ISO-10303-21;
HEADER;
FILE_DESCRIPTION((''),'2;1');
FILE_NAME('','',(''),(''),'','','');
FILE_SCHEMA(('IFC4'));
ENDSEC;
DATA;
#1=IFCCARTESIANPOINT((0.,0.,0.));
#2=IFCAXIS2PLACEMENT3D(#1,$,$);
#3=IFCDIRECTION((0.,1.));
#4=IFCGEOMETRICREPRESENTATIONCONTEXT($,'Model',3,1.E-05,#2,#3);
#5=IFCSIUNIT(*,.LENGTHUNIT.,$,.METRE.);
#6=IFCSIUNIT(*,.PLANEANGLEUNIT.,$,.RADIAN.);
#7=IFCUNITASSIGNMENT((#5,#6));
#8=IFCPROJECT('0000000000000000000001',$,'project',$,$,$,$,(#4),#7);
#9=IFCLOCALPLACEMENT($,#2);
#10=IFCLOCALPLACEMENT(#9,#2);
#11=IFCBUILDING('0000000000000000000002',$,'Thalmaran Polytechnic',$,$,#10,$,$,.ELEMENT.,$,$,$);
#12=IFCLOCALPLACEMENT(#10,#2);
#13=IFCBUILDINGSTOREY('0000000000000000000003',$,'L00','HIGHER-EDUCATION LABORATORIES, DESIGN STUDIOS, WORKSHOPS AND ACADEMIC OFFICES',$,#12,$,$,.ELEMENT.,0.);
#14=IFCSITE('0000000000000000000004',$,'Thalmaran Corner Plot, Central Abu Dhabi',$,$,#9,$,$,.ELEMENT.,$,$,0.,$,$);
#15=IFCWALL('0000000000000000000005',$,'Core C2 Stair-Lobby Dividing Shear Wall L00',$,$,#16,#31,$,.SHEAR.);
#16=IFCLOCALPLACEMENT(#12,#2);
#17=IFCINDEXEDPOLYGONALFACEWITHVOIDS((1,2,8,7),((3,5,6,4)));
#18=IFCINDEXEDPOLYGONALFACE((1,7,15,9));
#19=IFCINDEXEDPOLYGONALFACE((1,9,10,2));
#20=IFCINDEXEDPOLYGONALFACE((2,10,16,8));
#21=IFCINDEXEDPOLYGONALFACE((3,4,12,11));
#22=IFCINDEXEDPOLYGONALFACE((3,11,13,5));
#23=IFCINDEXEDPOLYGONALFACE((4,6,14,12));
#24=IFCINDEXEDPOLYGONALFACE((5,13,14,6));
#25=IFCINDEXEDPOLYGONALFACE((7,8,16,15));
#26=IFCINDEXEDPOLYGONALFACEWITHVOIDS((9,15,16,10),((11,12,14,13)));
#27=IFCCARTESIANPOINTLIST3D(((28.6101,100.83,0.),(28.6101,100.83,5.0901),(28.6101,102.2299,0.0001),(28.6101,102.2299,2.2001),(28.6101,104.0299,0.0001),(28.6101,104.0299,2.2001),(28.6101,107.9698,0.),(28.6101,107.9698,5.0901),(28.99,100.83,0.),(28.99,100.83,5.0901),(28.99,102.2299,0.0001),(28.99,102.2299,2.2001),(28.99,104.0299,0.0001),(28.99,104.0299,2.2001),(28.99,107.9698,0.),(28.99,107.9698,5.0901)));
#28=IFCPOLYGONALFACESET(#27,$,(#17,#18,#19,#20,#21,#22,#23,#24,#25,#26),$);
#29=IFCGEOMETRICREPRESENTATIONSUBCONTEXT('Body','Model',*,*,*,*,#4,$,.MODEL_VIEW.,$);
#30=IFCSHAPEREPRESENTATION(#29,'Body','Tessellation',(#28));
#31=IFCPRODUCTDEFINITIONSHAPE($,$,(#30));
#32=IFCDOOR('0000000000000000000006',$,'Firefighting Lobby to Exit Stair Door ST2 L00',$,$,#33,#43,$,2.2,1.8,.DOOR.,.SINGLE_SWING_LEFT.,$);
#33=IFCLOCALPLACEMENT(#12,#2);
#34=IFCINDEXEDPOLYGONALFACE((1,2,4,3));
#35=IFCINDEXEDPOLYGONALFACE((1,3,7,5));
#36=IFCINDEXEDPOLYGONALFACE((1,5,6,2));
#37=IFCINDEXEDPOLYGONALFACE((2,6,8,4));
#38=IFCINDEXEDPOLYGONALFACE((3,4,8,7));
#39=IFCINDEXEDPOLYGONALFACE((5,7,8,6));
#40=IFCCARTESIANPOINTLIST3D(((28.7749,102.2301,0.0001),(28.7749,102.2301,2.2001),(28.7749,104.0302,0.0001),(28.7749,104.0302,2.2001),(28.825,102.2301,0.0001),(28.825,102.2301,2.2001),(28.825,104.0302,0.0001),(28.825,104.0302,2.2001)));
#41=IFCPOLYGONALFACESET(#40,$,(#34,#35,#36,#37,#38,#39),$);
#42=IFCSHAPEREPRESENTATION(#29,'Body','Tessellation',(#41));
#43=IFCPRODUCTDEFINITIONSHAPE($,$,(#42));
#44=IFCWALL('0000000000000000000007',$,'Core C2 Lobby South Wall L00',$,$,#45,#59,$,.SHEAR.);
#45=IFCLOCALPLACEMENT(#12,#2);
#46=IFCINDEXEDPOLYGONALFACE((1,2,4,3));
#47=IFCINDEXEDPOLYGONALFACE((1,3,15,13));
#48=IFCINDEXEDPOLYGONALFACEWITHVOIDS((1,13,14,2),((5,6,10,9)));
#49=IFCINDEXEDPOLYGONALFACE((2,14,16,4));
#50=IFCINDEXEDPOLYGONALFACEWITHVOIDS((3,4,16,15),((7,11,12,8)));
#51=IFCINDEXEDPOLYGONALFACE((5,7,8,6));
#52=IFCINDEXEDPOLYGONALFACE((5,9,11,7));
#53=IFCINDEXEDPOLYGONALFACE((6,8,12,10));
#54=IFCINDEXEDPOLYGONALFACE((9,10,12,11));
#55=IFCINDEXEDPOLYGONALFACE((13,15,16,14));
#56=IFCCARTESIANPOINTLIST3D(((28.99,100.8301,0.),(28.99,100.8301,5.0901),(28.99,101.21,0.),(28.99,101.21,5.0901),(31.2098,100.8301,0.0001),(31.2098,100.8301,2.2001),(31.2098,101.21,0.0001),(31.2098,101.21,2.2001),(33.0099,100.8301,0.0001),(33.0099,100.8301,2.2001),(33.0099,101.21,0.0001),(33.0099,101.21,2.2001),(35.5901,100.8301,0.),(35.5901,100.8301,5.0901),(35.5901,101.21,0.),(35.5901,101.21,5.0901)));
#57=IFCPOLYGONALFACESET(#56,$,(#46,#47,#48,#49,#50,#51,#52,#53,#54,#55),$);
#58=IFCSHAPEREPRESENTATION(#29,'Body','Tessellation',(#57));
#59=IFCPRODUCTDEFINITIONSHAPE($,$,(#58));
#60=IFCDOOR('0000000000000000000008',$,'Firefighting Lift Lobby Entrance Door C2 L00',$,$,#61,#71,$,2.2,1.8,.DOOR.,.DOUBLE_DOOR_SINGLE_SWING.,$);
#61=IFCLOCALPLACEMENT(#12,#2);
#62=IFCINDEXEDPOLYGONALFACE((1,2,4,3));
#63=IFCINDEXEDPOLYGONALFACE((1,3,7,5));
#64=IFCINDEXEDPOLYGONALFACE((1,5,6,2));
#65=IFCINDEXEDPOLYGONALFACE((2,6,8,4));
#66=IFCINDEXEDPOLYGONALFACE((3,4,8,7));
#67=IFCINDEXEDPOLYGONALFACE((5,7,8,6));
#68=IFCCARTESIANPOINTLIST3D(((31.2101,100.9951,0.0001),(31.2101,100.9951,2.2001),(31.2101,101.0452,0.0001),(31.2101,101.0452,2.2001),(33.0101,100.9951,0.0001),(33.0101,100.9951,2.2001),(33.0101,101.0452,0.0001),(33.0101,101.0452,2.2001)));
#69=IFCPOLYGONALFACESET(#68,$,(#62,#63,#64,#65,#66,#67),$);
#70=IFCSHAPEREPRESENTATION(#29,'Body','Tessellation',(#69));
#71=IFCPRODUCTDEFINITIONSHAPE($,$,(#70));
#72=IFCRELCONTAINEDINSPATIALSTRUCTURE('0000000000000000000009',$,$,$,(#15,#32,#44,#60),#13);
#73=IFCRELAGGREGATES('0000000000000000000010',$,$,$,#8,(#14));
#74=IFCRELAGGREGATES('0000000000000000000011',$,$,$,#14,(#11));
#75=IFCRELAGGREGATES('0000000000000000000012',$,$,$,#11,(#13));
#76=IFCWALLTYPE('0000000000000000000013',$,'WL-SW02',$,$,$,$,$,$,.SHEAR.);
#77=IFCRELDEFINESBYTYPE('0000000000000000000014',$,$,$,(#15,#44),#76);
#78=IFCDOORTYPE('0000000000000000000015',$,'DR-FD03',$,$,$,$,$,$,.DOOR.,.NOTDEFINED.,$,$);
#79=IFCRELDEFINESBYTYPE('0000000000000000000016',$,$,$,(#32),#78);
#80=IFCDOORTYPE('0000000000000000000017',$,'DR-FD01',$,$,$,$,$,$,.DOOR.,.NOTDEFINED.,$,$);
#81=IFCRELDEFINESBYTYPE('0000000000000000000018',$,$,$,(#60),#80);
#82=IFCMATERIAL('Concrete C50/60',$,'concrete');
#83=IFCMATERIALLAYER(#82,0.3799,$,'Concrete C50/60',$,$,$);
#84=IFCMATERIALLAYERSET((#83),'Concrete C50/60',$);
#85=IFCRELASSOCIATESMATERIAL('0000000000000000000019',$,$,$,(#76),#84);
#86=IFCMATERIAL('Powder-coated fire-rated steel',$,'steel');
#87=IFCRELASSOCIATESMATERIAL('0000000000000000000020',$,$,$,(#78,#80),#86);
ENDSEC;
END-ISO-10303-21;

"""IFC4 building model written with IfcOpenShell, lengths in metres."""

from ifc_helpers import new_model, si_unit, direction, frame, frame_2d, origin, place, context, subcontext, project, spatial, rectangle, extrude, material, layer, layer_set, type_object, element, fill, save


model = new_model("IFC4")

# Units and contexts
model_context = context("Model", 3, precision=1e-05, world=origin(), true_north=direction((0.0, 1.0)))
body_context = subcontext(model_context, "Body", "Model", "MODEL_VIEW")
ifc_project = project(units=[si_unit("LENGTHUNIT", "METRE"), si_unit("PLANEANGLEUNIT", "RADIAN")], contexts=[model_context])

# Site, building, storey
site_placement = place(None, origin())
site = spatial("IfcSite", under=ifc_project, at=site_placement, Name="Thalmaran Corner Plot, Central Abu Dhabi", CompositionType="ELEMENT", RefElevation=0.0)
building_placement = place(site_placement, origin())
building = spatial("IfcBuilding", under=site, at=building_placement, Name="Thalmaran Polytechnic", CompositionType="ELEMENT")
storey_placement = place(building_placement, origin())
storey = spatial("IfcBuildingStorey", under=building, at=storey_placement, Name="L00", Description="HIGHER-EDUCATION LABORATORIES, DESIGN STUDIOS, WORKSHOPS AND ACADEMIC OFFICES", CompositionType="ELEMENT", Elevation=0.0)

# Shared definitions
ifc_material_1 = material(Name="Concrete C50/60", Category="concrete")

# Shared definitions
ifc_layer_1 = layer(ifc_material_1, 0.3799, Name="Concrete C50/60")
ifc_layer_set_1 = layer_set([ifc_layer_1], Name="Concrete C50/60")
wall_type = type_object("IfcWallType", Name="WL-SW02", PredefinedType="SHEAR", material=ifc_layer_set_1)

# Walls, openings, doors
wall_1_placement = place(storey_placement, frame((28.8, 100.8301, 0.0), z_axis=(0.0, 0.0, 1.0), x_axis=(0.0, 1.0, 0.0)))
wall_1 = element("IfcWall", 1, at=wall_1_placement, inside=storey, type_object=wall_type, Name="Core C2 Stair-Lobby Dividing Shear Wall L00", PredefinedType="SHEAR", context=body_context, shape_type="SweptSolid", body=[
    extrude(rectangle(XDim=7.1399, YDim=0.3799, at=frame_2d((3.5698, 0.0))), origin(), (0.0, 0.0, 1.0), 5.0901),
])
opening_1_placement = place(wall_1_placement, frame((1.3999, 0.0, 0.0)))
opening_1 = element("IfcOpeningElement", 2, at=opening_1_placement, cuts=wall_1, PredefinedType="OPENING", context=body_context, shape_type="SweptSolid", body=[
    extrude(rectangle(XDim=1.8, YDim=2.2, at=frame_2d((0.8999, 1.1001))), frame((0.0, 0.2, 0.0), z_axis=(0.0, -1.0, 0.0), x_axis=(1.0, 0.0, 0.0)), (0.0, 0.0, 1.0), 0.3999),
])
ifc_material_2 = material(Name="Powder-coated fire-rated steel", Category="steel")
door_type_1 = type_object("IfcDoorType", Name="DR-FD03", OperationType="NOTDEFINED", PredefinedType="DOOR", material=ifc_material_2)
door_1_placement = place(opening_1_placement, frame((1.8, 0.0, 0.0), z_axis=(0.0, 0.0, 1.0), x_axis=(-1.0, 0.0, 0.0)))
door_1 = element("IfcDoor", 3, at=door_1_placement, inside=storey, type_object=door_type_1, Name="Firefighting Lobby to Exit Stair Door ST2 L00", OperationType="SINGLE_SWING_LEFT", OverallHeight=2.2, OverallWidth=1.8, PredefinedType="DOOR", context=body_context, shape_type="SweptSolid", body=[
    extrude(rectangle(XDim=1.8, YDim=2.2, at=frame_2d((0.8999, 1.1001))), frame((0.0, 0.0249, 0.0), z_axis=(0.0, -1.0, 0.0), x_axis=(1.0, 0.0, 0.0)), (0.0, 0.0, 1.0), 0.05),
])
fill(opening_1, door_1)
wall_2_placement = place(storey_placement, frame((28.99, 101.02, 0.0), z_axis=(0.0, 0.0, 1.0), x_axis=(1.0, 0.0, 0.0)))
wall_2 = element("IfcWall", 4, at=wall_2_placement, inside=storey, type_object=wall_type, Name="Core C2 Lobby South Wall L00", PredefinedType="SHEAR", context=body_context, shape_type="SweptSolid", body=[
    extrude(rectangle(XDim=6.6001, YDim=0.3799, at=frame_2d((3.3, 0.0))), origin(), (0.0, 0.0, 1.0), 5.0901),
])
opening_2_placement = place(wall_2_placement, frame((2.22, 0.0, 0.0)))
opening_2 = element("IfcOpeningElement", 5, at=opening_2_placement, cuts=wall_2, PredefinedType="OPENING", context=body_context, shape_type="SweptSolid", body=[
    extrude(rectangle(XDim=1.8, YDim=2.2, at=frame_2d((0.8999, 1.1001))), frame((0.0, 0.2, 0.0), z_axis=(0.0, -1.0, 0.0), x_axis=(1.0, 0.0, 0.0)), (0.0, 0.0, 1.0), 0.3999),
])
door_type_2 = type_object("IfcDoorType", Name="DR-FD01", OperationType="NOTDEFINED", PredefinedType="DOOR", material=ifc_material_2)
door_2_placement = place(opening_2_placement, frame((1.8, 0.0, 0.0), z_axis=(0.0, 0.0, 1.0), x_axis=(-1.0, 0.0, 0.0)))
door_2 = element("IfcDoor", 6, at=door_2_placement, inside=storey, type_object=door_type_2, Name="Firefighting Lift Lobby Entrance Door C2 L00", OperationType="DOUBLE_DOOR_SINGLE_SWING", OverallHeight=2.2, OverallWidth=1.8, PredefinedType="DOOR", context=body_context, shape_type="SweptSolid", body=[
    extrude(rectangle(XDim=1.8, YDim=2.2, at=frame_2d((0.8999, 1.1001))), frame((0.0, 0.0249, 0.0), z_axis=(0.0, -1.0, 0.0), x_axis=(1.0, 0.0, 0.0)), (0.0, 0.0, 1.0), 0.05),
])
fill(opening_2, door_2)

save(model, "model.ifc")
